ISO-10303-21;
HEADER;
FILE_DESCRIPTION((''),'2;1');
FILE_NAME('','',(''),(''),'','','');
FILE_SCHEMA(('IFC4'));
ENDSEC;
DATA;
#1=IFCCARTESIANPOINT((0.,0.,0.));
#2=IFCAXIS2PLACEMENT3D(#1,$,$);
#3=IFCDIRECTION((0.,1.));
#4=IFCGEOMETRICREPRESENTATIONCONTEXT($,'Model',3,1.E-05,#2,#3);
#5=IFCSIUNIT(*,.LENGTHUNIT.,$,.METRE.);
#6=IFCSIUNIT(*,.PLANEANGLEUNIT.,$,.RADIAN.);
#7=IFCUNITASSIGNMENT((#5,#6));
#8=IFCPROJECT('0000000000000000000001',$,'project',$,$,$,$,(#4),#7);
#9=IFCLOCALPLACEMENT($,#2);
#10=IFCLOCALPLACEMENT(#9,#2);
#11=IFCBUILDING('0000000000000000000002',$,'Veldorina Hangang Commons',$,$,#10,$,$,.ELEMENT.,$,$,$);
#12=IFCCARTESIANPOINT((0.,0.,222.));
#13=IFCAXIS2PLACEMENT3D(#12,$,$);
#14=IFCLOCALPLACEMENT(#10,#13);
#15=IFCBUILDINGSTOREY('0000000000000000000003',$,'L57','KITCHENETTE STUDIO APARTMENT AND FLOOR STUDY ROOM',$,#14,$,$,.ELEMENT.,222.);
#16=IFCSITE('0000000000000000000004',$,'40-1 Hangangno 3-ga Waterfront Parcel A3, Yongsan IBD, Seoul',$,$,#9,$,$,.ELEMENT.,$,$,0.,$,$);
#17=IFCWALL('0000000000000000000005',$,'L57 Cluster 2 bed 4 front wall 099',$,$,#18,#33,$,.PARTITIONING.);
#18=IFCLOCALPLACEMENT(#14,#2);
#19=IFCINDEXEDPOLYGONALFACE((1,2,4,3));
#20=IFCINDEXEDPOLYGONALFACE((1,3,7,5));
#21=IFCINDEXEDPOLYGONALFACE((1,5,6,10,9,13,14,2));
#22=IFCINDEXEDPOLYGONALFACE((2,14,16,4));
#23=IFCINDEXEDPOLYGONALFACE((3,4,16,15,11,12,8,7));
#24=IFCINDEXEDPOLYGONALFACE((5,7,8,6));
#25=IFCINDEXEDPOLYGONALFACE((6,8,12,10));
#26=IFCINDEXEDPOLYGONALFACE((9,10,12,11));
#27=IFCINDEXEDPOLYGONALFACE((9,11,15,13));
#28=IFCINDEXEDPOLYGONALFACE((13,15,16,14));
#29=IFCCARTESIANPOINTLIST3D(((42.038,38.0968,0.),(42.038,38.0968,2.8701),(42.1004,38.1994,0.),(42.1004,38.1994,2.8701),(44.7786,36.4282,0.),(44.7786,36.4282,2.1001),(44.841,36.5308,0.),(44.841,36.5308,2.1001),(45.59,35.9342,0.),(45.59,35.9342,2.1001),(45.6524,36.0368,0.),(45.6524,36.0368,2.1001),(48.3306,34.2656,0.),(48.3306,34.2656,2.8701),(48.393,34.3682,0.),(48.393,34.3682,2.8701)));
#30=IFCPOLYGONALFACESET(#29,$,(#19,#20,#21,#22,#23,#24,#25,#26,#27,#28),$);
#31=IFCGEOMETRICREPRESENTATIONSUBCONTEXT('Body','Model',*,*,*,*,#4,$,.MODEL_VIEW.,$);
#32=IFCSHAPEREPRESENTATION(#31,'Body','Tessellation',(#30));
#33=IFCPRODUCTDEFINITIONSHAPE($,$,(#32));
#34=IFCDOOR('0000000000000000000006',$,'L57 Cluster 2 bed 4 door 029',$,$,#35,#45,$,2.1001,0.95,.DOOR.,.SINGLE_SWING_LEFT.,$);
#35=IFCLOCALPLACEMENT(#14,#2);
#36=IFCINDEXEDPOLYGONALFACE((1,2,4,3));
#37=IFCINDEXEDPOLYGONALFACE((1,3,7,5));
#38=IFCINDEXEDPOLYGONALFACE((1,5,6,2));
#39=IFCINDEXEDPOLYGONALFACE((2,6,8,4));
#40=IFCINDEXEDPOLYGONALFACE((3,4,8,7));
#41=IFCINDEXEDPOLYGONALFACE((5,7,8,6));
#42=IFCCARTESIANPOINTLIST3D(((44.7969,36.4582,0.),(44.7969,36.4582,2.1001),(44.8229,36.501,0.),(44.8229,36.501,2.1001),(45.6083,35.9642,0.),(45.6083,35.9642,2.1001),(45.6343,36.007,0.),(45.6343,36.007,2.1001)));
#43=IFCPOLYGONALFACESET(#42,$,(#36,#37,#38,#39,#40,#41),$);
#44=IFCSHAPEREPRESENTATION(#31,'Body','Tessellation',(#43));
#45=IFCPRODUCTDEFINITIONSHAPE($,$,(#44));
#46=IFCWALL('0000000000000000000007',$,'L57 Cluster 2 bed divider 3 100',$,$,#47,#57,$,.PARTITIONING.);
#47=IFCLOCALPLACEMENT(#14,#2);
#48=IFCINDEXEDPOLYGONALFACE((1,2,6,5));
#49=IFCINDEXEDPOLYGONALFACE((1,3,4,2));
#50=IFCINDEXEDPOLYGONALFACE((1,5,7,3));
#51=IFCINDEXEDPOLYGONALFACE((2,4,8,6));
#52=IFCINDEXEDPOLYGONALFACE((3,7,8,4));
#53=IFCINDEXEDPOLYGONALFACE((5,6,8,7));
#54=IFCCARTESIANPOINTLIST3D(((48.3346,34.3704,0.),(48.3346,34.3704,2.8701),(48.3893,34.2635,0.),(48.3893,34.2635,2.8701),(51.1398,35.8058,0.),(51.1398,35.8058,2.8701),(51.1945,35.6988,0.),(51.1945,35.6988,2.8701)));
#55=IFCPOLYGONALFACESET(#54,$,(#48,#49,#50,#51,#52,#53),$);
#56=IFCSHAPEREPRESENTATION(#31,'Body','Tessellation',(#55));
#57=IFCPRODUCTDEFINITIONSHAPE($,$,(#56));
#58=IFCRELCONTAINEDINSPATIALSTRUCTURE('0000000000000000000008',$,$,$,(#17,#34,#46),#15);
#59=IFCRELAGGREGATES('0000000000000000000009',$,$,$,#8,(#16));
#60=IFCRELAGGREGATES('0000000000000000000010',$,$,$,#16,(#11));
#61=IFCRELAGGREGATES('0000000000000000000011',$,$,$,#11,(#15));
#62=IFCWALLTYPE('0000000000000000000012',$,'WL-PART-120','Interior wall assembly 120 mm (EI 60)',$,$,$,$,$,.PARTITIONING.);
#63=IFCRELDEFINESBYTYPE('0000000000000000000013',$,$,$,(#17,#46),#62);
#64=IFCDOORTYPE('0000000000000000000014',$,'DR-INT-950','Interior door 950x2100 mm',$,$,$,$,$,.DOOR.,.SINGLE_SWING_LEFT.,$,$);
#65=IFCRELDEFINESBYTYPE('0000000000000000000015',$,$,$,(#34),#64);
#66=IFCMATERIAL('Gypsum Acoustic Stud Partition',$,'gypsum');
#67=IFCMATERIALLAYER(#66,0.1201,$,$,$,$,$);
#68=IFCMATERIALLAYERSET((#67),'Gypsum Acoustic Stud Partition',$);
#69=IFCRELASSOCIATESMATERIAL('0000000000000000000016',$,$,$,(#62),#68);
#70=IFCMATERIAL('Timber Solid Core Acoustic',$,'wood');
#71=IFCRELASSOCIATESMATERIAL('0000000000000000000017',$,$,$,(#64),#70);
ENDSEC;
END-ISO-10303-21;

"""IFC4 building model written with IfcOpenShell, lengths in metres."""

from ifc_helpers import new_model, si_unit, direction, frame, frame_2d, origin, place, context, subcontext, project, spatial, rectangle, extrude, material, layer, layer_set, type_object, element, fill, save


model = new_model("IFC4")

# Units and contexts
model_context = context("Model", 3, precision=1e-05, world=origin(), true_north=direction((0.0, 1.0)))
body_context = subcontext(model_context, "Body", "Model", "MODEL_VIEW")
ifc_project = project(units=[si_unit("LENGTHUNIT", "METRE"), si_unit("PLANEANGLEUNIT", "RADIAN")], contexts=[model_context])

# Site, building, storey
site_placement = place(None, origin())
site = spatial("IfcSite", under=ifc_project, at=site_placement, Name="40-1 Hangangno 3-ga Waterfront Parcel A3, Yongsan IBD, Seoul", CompositionType="ELEMENT", RefElevation=0.0)
building_placement = place(site_placement, origin())
building = spatial("IfcBuilding", under=site, at=building_placement, Name="Veldorina Hangang Commons", CompositionType="ELEMENT")
storey_placement = place(building_placement, frame((0.0, 0.0, 222.0)))
storey = spatial("IfcBuildingStorey", under=building, at=storey_placement, Name="L57", Description="KITCHENETTE STUDIO APARTMENT AND FLOOR STUDY ROOM", CompositionType="ELEMENT", Elevation=222.0)

# Shared definitions
ifc_material_1 = material(Name="Gypsum Acoustic Stud Partition", Category="gypsum")
ifc_layer_1 = layer(ifc_material_1, 0.1201)
ifc_layer_set_1 = layer_set([ifc_layer_1], Name="Gypsum Acoustic Stud Partition")
wall_type_1 = type_object("IfcWallType", Name="WL-PART-120", Description="Interior wall assembly 120 mm (EI 60)", PredefinedType="PARTITIONING", material=ifc_layer_set_1)

# Wall, opening, door
wall_1_placement = place(storey_placement, frame((48.3618, 34.3169, 0.0), z_axis=(0.0, 0.0, 1.0), x_axis=(-0.854142, 0.520041, 0.0)))
wall_1 = element("IfcWall", 1, at=wall_1_placement, inside=storey, type_object=wall_type_1, Name="L57 Cluster 2 bed 4 front wall 099", PredefinedType="PARTITIONING", context=body_context, shape_type="SweptSolid", body=[
    extrude(rectangle(XDim=7.3672, YDim=0.1201, at=frame_2d((3.6836, 0.0))), origin(), (0.0, 0.0, 1.0), 2.8701),
])
opening_1_placement = place(wall_1_placement, frame((3.2085, 0.0, 0.0)))
opening_1 = element("IfcOpeningElement", 2, at=opening_1_placement, cuts=wall_1, PredefinedType="OPENING", context=body_context, shape_type="SweptSolid", body=[
    extrude(rectangle(XDim=0.95, YDim=2.1001, at=frame_2d((0.4751, 1.05))), frame((0.0, 0.0701, 0.0), z_axis=(0.0, -1.0, 0.0), x_axis=(1.0, 0.0, 0.0)), (0.0, 0.0, 1.0), 0.1401),
])
ifc_material_2 = material(Name="Timber Solid Core Acoustic", Category="wood")
door_type = type_object("IfcDoorType", Name="DR-INT-950", Description="Interior door 950x2100 mm", OperationType="SINGLE_SWING_LEFT", PredefinedType="DOOR", material=ifc_material_2)
door_placement = place(opening_1_placement, origin())
door = element("IfcDoor", 3, at=door_placement, inside=storey, type_object=door_type, Name="L57 Cluster 2 bed 4 door 029", OperationType="SINGLE_SWING_LEFT", OverallHeight=2.1001, OverallWidth=0.95, PredefinedType="DOOR", context=body_context, shape_type="SweptSolid", body=[
    extrude(rectangle(XDim=0.95, YDim=2.1001, at=frame_2d((0.4751, 1.05))), frame((0.0, 0.0249, 0.0), z_axis=(0.0, -1.0, 0.0), x_axis=(1.0, 0.0, 0.0)), (0.0, 0.0, 1.0), 0.05),
])
fill(opening_1, door)

# Wall
wall_2_placement = place(storey_placement, frame((48.3618, 34.3169, 0.0), z_axis=(0.0, 0.0, 1.0), x_axis=(0.890236, 0.4555, 0.0)))
element("IfcWall", 4, at=wall_2_placement, inside=storey, type_object=wall_type_1, Name="L57 Cluster 2 bed divider 3 100", PredefinedType="PARTITIONING", context=body_context, shape_type="SweptSolid", body=[
    extrude(rectangle(XDim=3.1511, YDim=0.1201, at=frame_2d((1.5757, 0.0))), origin(), (0.0, 0.0, 1.0), 2.8701),
])

save(model, "model.ifc")
